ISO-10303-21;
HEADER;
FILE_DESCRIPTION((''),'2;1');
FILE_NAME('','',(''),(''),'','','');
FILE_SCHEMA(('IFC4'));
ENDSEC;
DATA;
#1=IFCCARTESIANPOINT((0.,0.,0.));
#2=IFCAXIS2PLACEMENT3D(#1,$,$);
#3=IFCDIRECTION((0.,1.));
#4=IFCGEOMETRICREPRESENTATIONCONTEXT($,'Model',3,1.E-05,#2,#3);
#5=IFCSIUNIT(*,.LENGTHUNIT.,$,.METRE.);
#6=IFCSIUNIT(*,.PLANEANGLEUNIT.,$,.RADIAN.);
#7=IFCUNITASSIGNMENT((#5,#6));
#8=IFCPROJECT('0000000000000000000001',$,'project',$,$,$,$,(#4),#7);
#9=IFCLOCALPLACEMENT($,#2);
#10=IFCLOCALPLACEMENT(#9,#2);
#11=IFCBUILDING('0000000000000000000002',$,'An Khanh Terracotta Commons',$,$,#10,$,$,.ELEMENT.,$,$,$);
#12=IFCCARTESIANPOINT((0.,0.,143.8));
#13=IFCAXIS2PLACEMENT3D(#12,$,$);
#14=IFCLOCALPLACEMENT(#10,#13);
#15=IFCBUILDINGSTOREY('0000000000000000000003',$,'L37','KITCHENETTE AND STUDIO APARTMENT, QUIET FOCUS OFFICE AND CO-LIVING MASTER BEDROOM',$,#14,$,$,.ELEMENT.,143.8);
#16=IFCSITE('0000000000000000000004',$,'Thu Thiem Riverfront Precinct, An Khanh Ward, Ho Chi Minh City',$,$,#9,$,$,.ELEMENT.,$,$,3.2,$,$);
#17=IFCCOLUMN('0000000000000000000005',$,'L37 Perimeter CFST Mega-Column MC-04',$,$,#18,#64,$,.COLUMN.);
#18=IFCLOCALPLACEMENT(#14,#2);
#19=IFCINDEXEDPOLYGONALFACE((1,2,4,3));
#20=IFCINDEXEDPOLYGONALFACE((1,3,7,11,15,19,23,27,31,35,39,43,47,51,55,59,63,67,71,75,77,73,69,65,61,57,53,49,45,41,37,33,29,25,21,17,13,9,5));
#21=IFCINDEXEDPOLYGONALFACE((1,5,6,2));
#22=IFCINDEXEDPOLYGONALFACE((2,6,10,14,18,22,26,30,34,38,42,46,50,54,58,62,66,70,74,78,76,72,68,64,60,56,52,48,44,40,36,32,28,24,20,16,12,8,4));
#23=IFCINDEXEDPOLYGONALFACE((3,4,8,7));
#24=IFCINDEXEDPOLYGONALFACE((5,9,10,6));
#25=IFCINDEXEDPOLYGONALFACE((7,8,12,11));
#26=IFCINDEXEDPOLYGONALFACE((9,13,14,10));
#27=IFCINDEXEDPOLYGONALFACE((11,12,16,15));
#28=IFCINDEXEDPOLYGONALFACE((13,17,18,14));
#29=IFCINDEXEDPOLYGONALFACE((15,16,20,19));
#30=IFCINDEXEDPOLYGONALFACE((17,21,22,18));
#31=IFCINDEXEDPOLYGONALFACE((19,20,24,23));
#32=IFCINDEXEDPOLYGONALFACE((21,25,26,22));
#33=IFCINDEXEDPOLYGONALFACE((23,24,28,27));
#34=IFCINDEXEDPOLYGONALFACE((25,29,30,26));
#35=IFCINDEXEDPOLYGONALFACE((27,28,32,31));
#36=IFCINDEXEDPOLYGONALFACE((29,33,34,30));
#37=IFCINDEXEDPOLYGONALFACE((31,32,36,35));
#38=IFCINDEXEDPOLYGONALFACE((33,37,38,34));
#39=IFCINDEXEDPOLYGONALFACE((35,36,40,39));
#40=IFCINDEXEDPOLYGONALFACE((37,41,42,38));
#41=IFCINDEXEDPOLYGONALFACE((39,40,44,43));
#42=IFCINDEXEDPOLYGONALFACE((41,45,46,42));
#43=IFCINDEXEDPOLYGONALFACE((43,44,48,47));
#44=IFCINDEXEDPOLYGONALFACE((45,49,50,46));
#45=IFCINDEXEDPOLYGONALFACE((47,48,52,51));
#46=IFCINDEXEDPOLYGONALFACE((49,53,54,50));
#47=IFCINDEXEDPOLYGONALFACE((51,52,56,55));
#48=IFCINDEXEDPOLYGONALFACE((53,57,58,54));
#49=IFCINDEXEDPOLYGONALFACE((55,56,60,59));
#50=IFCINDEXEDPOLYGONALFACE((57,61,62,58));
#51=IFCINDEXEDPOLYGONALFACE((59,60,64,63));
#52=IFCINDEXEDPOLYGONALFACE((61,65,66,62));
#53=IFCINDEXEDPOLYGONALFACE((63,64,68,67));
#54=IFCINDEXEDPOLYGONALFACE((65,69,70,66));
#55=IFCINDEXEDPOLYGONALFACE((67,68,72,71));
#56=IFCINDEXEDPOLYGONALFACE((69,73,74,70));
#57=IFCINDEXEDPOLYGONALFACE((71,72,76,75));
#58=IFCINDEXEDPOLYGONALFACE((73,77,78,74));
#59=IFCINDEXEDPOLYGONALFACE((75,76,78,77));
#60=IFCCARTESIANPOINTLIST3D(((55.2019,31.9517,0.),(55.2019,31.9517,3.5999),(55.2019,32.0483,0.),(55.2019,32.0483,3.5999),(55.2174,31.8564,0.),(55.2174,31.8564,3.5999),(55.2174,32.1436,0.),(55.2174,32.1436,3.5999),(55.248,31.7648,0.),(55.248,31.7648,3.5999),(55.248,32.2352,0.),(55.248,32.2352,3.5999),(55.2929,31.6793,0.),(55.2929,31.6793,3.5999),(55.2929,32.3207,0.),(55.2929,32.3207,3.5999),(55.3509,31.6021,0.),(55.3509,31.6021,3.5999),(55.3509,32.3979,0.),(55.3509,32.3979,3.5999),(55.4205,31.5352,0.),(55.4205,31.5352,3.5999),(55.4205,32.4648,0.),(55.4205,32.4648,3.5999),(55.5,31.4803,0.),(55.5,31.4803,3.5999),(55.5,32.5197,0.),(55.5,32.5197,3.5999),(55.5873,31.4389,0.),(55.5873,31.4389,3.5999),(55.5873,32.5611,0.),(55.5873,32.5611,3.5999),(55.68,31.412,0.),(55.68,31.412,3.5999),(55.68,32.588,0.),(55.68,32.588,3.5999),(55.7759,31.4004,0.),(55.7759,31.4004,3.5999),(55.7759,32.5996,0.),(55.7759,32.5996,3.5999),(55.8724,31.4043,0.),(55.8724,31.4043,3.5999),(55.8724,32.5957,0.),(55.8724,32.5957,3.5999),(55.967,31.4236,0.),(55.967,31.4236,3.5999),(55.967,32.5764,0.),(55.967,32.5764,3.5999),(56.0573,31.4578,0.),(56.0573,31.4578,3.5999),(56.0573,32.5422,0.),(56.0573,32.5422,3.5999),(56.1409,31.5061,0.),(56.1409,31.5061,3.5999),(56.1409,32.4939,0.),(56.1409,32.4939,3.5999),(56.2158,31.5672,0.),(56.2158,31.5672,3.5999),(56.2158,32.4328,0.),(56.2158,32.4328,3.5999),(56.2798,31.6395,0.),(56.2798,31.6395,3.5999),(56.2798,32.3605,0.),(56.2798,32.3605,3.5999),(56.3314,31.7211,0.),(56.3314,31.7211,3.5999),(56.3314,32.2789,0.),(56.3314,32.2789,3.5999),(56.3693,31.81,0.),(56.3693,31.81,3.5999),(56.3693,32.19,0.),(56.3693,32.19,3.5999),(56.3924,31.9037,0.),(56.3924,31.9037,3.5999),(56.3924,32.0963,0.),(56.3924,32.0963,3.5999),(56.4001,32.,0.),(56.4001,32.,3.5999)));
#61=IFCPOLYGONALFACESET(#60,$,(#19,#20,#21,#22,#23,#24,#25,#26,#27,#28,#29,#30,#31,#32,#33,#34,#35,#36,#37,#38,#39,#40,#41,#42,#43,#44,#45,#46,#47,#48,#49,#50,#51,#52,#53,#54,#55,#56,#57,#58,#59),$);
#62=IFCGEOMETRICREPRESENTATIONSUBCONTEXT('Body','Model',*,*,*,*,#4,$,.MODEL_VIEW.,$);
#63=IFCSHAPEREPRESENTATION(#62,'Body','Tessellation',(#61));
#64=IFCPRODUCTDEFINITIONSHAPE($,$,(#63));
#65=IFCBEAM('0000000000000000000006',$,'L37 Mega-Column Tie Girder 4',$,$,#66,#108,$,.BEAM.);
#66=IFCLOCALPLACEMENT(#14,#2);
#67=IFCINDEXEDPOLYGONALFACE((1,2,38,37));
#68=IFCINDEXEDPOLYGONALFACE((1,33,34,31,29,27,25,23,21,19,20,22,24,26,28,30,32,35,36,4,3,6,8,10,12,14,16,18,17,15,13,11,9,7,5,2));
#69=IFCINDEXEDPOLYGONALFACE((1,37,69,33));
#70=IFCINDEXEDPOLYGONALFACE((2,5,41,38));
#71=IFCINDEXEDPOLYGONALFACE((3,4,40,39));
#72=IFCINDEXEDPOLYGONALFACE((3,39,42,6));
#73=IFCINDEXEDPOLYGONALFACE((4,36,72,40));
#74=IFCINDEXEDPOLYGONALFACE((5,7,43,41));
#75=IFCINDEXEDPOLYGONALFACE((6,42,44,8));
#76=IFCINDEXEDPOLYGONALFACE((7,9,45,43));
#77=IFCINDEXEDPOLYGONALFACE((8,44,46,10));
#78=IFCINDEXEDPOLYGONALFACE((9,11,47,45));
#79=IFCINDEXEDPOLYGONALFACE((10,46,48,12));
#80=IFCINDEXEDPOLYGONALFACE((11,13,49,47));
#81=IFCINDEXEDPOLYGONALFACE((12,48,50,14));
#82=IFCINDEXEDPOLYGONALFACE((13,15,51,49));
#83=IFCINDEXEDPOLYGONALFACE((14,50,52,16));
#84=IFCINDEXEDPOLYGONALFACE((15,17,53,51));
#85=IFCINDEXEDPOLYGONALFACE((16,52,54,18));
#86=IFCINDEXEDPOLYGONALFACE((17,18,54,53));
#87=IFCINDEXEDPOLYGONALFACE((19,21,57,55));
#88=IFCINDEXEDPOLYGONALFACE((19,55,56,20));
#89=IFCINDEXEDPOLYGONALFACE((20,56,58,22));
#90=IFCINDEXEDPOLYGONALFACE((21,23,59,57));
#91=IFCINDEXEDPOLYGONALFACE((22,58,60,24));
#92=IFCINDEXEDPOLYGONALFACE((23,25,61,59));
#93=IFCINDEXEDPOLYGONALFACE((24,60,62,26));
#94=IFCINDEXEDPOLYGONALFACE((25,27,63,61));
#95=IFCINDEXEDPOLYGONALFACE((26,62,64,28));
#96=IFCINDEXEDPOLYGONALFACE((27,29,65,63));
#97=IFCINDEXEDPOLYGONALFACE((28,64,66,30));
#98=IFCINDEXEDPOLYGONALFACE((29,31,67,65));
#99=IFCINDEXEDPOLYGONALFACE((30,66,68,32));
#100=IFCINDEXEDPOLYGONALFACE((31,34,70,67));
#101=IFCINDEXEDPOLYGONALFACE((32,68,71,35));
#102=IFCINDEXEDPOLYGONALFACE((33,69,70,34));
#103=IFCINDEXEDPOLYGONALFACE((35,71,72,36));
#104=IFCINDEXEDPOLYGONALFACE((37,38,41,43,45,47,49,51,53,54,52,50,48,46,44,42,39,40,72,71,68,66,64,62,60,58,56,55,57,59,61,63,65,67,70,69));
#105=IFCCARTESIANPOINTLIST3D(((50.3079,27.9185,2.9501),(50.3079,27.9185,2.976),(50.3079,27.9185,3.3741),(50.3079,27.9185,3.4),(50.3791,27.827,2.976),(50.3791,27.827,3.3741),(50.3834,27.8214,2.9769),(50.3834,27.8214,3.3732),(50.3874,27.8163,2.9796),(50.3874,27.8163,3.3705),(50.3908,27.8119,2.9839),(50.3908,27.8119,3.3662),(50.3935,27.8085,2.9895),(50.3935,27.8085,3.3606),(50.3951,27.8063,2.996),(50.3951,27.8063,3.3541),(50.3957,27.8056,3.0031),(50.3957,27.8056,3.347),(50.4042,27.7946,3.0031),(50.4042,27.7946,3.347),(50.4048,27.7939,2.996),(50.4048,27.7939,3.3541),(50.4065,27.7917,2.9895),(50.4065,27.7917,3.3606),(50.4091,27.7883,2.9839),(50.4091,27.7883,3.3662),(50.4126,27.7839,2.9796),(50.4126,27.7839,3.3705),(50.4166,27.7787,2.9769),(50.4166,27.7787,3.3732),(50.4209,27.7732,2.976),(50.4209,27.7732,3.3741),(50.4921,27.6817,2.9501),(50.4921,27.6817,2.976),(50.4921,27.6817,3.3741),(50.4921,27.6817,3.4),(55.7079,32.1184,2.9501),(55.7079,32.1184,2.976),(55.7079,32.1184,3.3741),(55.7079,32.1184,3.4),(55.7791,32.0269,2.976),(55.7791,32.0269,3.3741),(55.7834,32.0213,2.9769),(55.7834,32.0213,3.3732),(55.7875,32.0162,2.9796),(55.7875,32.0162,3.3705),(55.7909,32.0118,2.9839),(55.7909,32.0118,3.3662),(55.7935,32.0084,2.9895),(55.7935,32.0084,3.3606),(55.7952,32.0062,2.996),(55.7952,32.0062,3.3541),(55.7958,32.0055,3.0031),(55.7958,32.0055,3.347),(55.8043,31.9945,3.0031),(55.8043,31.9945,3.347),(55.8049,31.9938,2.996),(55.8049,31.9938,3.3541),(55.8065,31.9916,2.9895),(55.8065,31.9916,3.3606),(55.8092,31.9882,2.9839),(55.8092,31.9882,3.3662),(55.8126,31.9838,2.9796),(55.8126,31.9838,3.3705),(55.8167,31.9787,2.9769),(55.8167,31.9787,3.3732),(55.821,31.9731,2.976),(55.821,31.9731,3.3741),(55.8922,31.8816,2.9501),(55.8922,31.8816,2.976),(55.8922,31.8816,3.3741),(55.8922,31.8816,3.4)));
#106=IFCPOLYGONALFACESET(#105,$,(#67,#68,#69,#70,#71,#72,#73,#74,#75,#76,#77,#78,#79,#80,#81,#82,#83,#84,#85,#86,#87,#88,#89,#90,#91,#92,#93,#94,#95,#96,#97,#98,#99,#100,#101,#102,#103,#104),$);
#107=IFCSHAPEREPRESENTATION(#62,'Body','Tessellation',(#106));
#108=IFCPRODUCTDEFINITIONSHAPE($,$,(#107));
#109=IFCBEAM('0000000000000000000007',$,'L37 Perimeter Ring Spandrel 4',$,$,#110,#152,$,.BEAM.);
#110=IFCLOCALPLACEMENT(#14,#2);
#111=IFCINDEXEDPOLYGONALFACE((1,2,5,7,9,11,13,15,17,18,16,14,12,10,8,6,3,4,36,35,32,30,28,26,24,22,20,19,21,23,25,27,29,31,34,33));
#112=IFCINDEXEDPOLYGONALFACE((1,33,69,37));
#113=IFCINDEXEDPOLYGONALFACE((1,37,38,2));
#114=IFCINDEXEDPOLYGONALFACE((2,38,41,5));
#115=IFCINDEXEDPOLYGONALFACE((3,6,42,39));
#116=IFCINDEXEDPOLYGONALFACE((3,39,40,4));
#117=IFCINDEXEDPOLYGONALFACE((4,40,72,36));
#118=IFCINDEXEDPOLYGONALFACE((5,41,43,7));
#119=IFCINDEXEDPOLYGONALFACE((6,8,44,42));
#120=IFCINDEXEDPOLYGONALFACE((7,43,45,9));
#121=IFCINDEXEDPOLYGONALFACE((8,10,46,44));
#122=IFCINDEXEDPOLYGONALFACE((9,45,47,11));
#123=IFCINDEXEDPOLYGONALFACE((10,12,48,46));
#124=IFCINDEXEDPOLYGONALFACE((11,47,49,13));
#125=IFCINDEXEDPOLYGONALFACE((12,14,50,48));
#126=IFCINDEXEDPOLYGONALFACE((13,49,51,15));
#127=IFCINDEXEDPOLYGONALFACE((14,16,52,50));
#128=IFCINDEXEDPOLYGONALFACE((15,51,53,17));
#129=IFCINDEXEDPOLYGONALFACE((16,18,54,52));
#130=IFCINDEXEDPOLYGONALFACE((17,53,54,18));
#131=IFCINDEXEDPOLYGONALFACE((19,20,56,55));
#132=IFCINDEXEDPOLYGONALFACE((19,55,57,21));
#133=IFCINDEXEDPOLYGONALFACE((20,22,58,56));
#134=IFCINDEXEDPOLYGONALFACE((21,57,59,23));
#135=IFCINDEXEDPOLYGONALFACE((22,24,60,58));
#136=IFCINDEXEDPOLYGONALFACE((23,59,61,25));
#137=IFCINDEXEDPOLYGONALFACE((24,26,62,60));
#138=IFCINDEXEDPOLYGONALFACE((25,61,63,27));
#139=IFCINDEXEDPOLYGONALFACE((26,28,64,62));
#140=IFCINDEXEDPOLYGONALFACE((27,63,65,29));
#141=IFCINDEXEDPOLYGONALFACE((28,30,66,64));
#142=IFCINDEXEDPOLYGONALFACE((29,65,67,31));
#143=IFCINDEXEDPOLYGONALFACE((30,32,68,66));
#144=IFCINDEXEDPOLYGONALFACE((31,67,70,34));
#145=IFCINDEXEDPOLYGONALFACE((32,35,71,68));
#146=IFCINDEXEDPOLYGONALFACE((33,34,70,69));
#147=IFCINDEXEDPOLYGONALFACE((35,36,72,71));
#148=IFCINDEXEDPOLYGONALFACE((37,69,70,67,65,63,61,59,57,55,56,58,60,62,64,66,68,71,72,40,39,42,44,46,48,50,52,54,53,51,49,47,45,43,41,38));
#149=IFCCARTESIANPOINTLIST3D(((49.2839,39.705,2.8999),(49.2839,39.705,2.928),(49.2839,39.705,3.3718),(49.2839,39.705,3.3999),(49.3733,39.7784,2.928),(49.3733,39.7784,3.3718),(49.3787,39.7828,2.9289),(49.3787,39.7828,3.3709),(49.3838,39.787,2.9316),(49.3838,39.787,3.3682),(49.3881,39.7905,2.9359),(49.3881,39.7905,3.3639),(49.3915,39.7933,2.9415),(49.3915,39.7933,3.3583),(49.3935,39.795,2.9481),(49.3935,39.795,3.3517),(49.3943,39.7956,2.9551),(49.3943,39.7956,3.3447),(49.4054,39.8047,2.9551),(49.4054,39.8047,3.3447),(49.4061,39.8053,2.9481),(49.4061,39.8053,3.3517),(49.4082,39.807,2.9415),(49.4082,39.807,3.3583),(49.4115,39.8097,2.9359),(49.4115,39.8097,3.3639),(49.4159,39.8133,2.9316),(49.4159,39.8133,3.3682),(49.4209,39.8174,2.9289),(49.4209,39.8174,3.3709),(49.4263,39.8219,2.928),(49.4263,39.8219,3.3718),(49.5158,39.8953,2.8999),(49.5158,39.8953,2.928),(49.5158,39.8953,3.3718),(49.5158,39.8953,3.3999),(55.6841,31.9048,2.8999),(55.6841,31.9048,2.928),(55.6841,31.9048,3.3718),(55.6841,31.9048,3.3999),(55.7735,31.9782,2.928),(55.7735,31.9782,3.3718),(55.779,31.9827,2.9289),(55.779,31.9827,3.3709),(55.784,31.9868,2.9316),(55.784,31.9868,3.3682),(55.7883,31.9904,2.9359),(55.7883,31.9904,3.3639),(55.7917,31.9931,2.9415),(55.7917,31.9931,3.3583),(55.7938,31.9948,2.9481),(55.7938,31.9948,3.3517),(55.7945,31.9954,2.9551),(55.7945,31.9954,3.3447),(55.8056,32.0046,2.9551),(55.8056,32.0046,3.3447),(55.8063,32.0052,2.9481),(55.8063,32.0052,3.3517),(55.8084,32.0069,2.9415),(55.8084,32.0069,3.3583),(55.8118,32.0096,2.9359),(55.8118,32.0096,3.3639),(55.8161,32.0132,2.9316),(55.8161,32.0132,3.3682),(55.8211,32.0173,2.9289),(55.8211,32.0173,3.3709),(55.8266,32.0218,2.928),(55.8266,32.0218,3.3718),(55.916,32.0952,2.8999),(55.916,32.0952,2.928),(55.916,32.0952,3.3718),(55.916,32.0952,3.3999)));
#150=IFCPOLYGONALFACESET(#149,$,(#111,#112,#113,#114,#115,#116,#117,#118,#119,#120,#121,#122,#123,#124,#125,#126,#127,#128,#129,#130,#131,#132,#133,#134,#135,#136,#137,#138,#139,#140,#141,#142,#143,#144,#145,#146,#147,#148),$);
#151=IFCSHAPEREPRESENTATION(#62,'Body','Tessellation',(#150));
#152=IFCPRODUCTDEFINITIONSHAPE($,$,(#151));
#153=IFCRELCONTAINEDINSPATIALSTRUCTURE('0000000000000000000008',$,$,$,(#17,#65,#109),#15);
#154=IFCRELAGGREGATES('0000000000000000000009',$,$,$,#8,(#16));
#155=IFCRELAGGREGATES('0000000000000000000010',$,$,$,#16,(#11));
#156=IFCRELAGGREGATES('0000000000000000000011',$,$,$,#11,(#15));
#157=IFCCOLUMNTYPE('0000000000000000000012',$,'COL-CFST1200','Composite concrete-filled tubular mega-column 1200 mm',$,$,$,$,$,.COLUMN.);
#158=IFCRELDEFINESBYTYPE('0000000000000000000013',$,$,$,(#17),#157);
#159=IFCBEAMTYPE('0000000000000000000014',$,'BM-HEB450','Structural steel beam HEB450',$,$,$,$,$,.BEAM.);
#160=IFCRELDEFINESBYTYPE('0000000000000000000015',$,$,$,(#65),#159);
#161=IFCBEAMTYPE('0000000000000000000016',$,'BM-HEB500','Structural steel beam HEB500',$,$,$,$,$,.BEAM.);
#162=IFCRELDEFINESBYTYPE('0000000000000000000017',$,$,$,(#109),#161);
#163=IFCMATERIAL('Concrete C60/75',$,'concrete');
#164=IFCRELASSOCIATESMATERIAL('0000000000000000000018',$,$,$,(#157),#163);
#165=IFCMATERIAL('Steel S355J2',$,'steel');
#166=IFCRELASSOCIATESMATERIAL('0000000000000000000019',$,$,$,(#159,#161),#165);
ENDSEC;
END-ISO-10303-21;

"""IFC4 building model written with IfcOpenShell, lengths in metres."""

from ifc_helpers import new_model, si_unit, direction, frame, origin, origin_2d, place, context, subcontext, project, spatial, circle, i_section, extrude, material, material_profile, profile_set, type_object, element, save


model = new_model("IFC4")

# Units and contexts
model_context = context("Model", 3, precision=1e-05, world=origin(), true_north=direction((0.0, 1.0)))
body_context = subcontext(model_context, "Body", "Model", "MODEL_VIEW")
ifc_project = project(units=[si_unit("LENGTHUNIT", "METRE"), si_unit("PLANEANGLEUNIT", "RADIAN")], contexts=[model_context])

# Site, building, storey
site_placement = place(None, origin())
site = spatial("IfcSite", under=ifc_project, at=site_placement, Name="Thu Thiem Riverfront Precinct, An Khanh Ward, Ho Chi Minh City", CompositionType="ELEMENT", RefElevation=3.2)
building_placement = place(site_placement, origin())
building = spatial("IfcBuilding", under=site, at=building_placement, Name="An Khanh Terracotta Commons", CompositionType="ELEMENT")
storey_placement = place(building_placement, frame((0.0, 0.0, 143.8)))
storey = spatial("IfcBuildingStorey", under=building, at=storey_placement, Name="L37", Description="KITCHENETTE AND STUDIO APARTMENT, QUIET FOCUS OFFICE AND CO-LIVING MASTER BEDROOM", CompositionType="ELEMENT", Elevation=143.8)

# Column
ifc_material_1 = material(Name="Concrete C60/75", Category="concrete")
ifc_material_profile_1 = material_profile(ifc_material_1, circle(Radius=0.6001, at=origin_2d()), Name="CFST1200")
ifc_profile_set_1 = profile_set([ifc_material_profile_1], Name="Concrete C60/75")
column_type = type_object("IfcColumnType", Name="COL-CFST1200", Description="Composite concrete-filled tubular mega-column 1200 mm", PredefinedType="COLUMN", material=ifc_profile_set_1)
column_placement = place(storey_placement, frame((55.8, 32.0, 0.0), z_axis=(0.0, 0.0, 1.0), x_axis=(1.0, 0.0, 0.0)))
element("IfcColumn", 1, at=column_placement, inside=storey, type_object=column_type, Name="L37 Perimeter CFST Mega-Column MC-04", PredefinedType="COLUMN", context=body_context, shape_type="SweptSolid", body=[
    extrude(circle(Radius=0.6001, at=origin_2d()), origin(), (0.0, 0.0, 1.0), 3.5999),
])

# Beams
ifc_material_2 = material(Name="Steel S355J2", Category="steel")
ifc_material_profile_2 = material_profile(ifc_material_2, i_section(OverallWidth=0.3, OverallDepth=0.45, WebThickness=0.0139, FlangeThickness=0.0259, FilletRadius=0.0271, at=origin_2d()), Name="HEB450")
ifc_profile_set_2 = profile_set([ifc_material_profile_2], Name="Steel S355J2")
beam_type_1 = type_object("IfcBeamType", Name="BM-HEB450", Description="Structural steel beam HEB450", PredefinedType="BEAM", material=ifc_profile_set_2)
beam_1_placement = place(storey_placement, frame((55.8, 32.0, 3.175), z_axis=(-0.789364, -0.613926, 0.0), x_axis=(0.613926, -0.789364, 0.0)))
element("IfcBeam", 2, at=beam_1_placement, inside=storey, type_object=beam_type_1, Name="L37 Mega-Column Tie Girder 4", PredefinedType="BEAM", context=body_context, shape_type="SweptSolid", body=[
    extrude(i_section(OverallWidth=0.3, OverallDepth=0.45, WebThickness=0.0139, FlangeThickness=0.0259, FilletRadius=0.0271, at=origin_2d()), origin(), (0.0, 0.0, 1.0), 6.8411),
])
ifc_material_profile_3 = material_profile(ifc_material_2, i_section(OverallWidth=0.3, OverallDepth=0.5, WebThickness=0.0144, FlangeThickness=0.0281, FilletRadius=0.0271, at=origin_2d()), Name="HEB500")
ifc_profile_set_3 = profile_set([ifc_material_profile_3], Name="Steel S355J2")
beam_type_2 = type_object("IfcBeamType", Name="BM-HEB500", Description="Structural steel beam HEB500", PredefinedType="BEAM", material=ifc_profile_set_3)
beam_2_placement = place(storey_placement, frame((55.8, 32.0, 3.1499), z_axis=(-0.634323, 0.773068, 0.0), x_axis=(-0.773068, -0.634323, 0.0)))
element("IfcBeam", 3, at=beam_2_placement, inside=storey, type_object=beam_type_2, Name="L37 Perimeter Ring Spandrel 4", PredefinedType="BEAM", context=body_context, shape_type="SweptSolid", body=[
    extrude(i_section(OverallWidth=0.3, OverallDepth=0.5, WebThickness=0.0144, FlangeThickness=0.0281, FilletRadius=0.0271, at=origin_2d()), origin(), (0.0, 0.0, 1.0), 10.0898),
])

save(model, "model.ifc")
